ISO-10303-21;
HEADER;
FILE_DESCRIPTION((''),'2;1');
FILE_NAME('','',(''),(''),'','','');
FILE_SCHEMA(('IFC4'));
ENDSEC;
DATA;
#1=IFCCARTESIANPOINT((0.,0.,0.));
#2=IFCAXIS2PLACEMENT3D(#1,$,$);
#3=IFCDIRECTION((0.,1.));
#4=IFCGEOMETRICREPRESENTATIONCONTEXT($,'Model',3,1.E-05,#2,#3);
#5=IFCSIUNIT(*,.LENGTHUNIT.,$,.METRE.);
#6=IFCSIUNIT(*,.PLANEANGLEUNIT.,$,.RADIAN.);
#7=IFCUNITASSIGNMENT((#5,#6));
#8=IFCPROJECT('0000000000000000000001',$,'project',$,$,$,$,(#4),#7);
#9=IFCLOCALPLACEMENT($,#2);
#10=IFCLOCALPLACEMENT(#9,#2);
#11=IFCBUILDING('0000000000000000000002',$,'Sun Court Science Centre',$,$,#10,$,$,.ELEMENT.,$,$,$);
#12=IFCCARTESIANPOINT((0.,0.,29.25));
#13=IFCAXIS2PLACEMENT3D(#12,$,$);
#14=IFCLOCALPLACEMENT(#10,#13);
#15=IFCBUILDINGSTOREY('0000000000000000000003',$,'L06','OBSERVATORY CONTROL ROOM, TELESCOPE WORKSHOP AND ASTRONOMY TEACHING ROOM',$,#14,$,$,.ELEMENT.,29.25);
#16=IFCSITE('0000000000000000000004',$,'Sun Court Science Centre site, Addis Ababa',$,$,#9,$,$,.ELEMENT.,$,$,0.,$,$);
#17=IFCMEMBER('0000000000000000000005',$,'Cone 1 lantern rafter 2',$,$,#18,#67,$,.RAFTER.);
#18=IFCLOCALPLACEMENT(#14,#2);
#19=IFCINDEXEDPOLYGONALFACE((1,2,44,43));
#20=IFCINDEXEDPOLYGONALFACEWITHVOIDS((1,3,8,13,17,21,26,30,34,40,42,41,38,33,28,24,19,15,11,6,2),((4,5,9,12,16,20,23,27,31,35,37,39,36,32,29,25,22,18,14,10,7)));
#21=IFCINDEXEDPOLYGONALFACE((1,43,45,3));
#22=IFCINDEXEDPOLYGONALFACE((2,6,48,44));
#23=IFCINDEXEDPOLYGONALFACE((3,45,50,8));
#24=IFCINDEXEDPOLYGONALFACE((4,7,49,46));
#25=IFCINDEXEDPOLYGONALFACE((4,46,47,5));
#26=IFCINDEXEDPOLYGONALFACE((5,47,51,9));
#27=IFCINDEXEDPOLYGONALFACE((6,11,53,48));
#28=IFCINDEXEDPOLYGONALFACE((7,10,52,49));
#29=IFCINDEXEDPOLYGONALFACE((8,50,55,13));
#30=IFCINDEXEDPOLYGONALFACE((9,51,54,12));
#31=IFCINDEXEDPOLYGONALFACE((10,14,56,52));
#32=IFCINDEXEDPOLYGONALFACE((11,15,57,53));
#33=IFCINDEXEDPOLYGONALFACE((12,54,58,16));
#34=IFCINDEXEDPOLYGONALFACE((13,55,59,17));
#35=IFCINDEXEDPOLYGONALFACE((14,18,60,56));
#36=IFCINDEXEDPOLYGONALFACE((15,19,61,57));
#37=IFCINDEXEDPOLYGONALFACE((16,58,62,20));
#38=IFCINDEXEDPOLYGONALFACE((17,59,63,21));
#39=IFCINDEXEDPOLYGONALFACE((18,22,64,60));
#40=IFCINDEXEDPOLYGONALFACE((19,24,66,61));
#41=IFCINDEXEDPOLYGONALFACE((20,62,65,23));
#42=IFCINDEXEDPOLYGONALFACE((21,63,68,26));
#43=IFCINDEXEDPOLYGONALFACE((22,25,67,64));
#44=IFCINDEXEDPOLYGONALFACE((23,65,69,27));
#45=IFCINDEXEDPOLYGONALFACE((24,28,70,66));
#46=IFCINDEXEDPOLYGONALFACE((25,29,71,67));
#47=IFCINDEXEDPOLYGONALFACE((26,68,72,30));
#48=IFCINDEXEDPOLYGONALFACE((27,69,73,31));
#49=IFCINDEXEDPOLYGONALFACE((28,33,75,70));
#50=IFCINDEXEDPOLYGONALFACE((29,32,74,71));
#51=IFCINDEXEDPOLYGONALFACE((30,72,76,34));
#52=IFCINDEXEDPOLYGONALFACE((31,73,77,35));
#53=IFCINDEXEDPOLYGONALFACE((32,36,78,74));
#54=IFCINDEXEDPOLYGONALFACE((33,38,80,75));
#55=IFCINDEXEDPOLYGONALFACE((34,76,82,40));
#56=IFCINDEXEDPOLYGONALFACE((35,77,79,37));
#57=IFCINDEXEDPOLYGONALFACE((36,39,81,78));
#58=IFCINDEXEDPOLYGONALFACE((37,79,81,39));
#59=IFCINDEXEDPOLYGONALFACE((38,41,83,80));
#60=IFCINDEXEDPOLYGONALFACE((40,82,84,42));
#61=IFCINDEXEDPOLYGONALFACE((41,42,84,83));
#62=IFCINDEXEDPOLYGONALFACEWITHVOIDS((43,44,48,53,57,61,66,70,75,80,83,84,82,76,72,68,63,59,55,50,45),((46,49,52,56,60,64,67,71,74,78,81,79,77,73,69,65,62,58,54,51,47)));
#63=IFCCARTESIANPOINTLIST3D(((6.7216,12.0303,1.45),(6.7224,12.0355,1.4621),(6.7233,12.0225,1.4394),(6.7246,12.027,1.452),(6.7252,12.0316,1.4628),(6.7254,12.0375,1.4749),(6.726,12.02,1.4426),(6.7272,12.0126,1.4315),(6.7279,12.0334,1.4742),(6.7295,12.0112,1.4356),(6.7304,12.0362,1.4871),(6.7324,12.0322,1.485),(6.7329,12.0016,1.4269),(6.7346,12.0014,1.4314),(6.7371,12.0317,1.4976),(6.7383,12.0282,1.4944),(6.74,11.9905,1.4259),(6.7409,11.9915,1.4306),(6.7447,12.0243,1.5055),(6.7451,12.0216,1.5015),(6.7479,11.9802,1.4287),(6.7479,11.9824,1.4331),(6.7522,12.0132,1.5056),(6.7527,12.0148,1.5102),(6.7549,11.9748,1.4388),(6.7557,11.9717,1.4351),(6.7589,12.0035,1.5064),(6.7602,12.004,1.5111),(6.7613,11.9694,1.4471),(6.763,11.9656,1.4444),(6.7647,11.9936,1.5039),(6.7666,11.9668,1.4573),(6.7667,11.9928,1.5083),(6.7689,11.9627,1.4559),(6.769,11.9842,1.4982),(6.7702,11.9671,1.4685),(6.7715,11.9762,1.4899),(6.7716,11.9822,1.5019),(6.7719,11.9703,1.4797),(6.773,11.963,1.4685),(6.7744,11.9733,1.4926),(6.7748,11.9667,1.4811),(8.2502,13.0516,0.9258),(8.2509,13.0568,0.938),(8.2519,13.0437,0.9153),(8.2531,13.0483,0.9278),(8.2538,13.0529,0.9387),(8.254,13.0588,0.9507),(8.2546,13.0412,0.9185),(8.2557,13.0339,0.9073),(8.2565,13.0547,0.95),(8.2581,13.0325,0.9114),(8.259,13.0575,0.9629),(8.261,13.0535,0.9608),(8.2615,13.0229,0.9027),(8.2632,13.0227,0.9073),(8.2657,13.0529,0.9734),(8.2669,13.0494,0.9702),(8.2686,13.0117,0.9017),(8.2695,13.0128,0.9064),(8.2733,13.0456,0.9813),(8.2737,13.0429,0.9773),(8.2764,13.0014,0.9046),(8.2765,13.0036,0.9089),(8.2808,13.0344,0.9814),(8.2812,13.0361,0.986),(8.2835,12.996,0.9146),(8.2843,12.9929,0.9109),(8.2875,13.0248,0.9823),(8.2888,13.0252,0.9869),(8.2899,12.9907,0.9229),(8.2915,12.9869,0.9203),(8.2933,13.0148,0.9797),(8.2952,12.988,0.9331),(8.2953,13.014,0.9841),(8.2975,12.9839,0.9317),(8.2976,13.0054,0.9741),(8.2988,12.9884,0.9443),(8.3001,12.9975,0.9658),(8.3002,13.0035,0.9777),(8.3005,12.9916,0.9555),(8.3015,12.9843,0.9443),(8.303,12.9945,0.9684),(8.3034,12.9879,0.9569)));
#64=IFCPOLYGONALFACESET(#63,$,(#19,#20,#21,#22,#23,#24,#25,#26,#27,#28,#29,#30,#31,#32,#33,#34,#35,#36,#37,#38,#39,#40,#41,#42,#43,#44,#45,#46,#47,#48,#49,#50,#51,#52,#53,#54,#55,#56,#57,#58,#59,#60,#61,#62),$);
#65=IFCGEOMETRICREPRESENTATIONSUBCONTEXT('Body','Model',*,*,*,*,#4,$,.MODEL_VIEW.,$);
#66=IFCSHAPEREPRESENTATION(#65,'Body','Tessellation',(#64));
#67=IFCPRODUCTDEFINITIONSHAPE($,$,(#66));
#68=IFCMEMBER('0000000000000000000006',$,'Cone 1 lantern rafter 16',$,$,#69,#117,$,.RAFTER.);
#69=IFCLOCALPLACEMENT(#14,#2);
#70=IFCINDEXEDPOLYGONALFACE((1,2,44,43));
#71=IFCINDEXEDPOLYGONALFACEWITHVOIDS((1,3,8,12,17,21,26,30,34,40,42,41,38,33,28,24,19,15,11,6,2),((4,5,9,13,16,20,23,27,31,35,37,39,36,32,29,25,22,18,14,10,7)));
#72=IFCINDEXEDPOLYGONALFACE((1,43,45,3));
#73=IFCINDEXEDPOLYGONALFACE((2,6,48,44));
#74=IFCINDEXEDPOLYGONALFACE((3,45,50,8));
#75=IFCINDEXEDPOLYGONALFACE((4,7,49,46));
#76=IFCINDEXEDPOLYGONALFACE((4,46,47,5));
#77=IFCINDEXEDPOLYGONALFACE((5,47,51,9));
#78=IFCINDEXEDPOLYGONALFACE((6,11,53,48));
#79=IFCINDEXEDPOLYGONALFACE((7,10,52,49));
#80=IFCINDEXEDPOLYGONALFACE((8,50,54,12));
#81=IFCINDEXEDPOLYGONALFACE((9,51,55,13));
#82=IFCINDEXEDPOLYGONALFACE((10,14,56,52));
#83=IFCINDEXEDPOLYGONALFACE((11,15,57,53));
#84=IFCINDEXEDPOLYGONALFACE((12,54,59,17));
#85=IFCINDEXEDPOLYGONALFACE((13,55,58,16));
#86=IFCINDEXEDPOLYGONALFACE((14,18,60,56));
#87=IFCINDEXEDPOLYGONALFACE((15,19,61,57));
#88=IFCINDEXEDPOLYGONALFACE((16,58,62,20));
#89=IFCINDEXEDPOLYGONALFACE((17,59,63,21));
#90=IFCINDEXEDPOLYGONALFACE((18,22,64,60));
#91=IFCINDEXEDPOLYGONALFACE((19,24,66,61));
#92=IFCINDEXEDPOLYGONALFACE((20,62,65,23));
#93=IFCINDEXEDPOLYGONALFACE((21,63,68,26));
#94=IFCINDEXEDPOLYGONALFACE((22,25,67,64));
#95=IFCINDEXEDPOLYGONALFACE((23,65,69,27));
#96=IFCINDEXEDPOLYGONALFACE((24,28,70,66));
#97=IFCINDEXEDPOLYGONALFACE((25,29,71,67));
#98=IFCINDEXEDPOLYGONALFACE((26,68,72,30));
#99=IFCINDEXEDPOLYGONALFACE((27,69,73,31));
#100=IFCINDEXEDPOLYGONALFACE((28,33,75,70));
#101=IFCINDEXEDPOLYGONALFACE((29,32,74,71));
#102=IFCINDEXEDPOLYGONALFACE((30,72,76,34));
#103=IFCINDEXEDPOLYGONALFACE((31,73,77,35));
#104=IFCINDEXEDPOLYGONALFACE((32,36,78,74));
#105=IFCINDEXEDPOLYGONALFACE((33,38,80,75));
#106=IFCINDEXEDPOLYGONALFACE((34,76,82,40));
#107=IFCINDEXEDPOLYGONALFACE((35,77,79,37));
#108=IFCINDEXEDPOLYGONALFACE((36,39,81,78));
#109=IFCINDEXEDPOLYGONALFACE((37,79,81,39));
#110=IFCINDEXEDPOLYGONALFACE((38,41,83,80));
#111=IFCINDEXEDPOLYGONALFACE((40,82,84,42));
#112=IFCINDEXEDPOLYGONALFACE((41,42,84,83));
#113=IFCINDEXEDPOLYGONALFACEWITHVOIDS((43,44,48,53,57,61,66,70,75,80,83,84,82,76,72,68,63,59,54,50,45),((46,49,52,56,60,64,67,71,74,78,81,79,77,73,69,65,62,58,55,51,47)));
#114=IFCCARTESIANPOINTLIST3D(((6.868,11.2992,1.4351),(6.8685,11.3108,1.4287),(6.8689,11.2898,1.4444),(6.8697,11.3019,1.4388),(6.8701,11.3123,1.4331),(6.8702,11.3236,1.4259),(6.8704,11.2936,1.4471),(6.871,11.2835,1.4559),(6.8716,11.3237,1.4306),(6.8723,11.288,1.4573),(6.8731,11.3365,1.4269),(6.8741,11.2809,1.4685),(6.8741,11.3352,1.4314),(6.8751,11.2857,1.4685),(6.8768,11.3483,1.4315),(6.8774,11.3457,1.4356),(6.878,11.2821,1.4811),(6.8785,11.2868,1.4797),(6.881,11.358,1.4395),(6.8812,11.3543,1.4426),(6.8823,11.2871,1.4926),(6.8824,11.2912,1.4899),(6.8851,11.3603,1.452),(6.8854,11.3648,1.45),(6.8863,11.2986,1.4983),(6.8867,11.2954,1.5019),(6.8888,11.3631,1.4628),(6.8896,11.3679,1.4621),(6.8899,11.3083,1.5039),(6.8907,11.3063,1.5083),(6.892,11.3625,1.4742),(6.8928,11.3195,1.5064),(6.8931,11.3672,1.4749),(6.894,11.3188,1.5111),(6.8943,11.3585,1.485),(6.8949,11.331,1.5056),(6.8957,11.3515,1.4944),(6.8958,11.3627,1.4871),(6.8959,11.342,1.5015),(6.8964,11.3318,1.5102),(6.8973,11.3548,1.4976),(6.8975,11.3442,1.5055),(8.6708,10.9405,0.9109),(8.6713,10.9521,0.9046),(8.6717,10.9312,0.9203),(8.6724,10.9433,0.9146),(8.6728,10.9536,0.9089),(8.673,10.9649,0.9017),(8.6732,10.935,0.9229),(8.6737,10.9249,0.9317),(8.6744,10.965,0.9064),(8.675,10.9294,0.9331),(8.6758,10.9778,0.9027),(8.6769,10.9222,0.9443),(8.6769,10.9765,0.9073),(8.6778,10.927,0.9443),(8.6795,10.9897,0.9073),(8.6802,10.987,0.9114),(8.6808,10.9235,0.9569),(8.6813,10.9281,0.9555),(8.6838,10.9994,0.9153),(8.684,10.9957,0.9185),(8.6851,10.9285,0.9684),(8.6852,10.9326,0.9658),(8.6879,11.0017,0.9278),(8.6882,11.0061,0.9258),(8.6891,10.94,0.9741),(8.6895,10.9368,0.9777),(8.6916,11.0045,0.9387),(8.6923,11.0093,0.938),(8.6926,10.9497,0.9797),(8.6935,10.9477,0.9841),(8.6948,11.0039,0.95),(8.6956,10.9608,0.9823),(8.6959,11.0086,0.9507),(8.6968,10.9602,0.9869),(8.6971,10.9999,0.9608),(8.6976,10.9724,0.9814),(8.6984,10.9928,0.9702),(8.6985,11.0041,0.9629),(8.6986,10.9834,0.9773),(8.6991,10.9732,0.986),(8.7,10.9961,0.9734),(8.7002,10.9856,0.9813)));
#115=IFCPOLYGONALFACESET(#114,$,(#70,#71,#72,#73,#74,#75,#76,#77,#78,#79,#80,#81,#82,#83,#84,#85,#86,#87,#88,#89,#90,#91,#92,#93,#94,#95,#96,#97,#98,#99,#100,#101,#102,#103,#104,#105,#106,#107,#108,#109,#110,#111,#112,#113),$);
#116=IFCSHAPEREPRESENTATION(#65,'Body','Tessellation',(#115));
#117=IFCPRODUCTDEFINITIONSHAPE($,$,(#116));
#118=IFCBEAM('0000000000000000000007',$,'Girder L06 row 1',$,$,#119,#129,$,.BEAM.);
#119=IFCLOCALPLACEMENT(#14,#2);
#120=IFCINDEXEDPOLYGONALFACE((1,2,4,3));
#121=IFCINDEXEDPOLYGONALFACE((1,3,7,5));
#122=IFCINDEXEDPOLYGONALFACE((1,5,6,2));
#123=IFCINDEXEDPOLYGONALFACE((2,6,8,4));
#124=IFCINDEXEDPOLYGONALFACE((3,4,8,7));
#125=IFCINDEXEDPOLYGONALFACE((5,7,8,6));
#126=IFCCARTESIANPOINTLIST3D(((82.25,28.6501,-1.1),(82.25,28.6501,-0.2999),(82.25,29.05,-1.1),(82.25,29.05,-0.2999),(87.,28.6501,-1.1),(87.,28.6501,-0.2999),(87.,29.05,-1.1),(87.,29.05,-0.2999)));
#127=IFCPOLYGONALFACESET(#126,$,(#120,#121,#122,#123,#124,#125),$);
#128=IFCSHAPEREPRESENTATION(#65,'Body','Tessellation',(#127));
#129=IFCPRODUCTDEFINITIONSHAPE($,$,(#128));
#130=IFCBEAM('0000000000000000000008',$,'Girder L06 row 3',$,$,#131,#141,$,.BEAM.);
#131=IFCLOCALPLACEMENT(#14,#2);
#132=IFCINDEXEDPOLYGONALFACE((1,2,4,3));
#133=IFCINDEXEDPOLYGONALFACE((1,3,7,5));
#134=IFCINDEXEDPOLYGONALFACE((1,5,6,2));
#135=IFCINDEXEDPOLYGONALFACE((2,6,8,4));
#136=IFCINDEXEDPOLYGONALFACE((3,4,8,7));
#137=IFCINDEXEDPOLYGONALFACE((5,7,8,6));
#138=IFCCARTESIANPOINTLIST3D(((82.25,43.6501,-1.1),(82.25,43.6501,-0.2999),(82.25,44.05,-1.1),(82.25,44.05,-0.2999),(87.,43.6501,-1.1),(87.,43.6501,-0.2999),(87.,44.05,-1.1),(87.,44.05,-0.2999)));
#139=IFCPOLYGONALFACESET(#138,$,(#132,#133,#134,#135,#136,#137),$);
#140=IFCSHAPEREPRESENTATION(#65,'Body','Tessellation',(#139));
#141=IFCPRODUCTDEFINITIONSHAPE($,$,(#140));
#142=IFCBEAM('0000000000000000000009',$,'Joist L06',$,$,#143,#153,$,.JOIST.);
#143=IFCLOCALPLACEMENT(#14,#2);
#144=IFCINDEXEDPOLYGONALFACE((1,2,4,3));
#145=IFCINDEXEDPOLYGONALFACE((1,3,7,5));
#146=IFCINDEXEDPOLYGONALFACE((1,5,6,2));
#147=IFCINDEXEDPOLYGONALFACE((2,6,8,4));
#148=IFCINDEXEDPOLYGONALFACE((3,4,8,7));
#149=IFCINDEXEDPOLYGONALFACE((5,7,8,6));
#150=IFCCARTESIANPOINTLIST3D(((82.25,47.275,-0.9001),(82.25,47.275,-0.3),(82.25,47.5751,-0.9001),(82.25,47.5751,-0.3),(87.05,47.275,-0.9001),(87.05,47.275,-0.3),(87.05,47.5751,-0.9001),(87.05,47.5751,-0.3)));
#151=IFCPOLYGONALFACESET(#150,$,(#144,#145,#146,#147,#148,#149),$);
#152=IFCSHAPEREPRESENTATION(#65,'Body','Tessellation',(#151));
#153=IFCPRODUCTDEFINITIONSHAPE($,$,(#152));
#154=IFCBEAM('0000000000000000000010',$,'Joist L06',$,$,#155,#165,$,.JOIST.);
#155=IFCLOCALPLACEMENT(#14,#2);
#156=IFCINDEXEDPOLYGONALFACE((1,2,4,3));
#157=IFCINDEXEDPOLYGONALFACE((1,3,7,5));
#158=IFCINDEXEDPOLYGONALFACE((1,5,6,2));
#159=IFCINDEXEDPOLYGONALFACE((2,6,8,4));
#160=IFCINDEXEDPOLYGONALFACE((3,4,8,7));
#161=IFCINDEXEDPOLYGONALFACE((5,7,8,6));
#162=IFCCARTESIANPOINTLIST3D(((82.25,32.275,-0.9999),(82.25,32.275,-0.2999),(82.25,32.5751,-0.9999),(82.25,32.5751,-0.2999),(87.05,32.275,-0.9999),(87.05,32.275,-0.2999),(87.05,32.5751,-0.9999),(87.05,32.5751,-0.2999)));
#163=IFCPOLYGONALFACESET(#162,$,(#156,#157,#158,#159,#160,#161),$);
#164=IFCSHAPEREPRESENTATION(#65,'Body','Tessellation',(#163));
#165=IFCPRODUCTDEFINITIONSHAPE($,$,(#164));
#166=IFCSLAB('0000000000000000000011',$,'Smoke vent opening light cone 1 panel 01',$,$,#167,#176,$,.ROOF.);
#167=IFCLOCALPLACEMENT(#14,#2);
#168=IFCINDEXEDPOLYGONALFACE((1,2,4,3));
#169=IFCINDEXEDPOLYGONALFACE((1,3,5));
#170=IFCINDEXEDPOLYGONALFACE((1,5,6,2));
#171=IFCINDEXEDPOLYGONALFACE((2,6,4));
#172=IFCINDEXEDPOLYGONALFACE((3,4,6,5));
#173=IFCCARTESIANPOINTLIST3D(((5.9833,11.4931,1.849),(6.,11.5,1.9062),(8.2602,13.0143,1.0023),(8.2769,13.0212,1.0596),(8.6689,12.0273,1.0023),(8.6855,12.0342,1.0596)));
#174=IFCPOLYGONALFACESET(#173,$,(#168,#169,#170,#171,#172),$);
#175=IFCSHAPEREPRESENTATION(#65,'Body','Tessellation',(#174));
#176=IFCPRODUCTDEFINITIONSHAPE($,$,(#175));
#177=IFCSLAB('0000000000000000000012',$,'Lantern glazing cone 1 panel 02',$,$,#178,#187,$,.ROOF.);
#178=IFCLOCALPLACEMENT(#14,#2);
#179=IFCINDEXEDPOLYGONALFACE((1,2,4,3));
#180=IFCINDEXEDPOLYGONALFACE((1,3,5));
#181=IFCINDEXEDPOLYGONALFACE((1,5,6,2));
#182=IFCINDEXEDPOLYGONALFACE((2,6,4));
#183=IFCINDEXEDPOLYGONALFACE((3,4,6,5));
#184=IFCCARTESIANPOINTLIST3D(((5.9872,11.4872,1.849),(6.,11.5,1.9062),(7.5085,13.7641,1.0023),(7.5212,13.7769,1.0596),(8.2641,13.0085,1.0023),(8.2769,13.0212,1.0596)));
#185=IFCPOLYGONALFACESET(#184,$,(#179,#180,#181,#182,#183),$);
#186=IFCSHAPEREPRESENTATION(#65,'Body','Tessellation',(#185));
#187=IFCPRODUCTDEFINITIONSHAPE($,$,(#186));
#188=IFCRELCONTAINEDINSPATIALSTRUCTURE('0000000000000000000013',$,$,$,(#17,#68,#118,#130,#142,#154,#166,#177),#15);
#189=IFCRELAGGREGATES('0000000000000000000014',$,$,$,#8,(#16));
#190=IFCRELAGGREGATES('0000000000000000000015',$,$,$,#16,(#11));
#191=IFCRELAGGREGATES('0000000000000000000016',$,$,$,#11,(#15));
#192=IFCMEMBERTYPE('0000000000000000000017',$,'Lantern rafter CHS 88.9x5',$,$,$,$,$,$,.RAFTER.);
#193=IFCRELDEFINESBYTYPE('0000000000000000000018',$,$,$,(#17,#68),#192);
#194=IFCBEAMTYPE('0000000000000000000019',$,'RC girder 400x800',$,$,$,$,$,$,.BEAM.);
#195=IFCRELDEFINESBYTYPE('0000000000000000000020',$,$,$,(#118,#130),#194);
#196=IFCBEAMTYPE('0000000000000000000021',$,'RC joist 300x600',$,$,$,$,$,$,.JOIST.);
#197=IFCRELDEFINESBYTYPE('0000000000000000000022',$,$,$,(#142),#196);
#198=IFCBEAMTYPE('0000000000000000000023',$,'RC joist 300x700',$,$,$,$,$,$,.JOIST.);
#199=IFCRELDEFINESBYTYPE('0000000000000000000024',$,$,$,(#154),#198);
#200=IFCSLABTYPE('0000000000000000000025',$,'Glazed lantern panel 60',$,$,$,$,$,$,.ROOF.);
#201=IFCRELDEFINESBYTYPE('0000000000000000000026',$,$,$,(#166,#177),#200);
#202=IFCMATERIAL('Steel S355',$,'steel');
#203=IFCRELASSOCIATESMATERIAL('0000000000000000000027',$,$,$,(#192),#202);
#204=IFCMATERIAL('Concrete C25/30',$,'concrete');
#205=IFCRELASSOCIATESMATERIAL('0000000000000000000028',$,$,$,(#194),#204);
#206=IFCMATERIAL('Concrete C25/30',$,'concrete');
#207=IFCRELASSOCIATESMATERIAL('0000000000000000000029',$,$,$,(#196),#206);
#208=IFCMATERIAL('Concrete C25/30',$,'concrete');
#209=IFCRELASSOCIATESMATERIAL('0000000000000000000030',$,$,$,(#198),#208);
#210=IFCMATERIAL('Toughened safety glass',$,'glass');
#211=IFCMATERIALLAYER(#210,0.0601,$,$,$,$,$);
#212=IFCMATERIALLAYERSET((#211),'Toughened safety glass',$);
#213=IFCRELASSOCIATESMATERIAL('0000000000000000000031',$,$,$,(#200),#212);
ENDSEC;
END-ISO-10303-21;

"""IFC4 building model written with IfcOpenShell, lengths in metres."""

from ifc_helpers import new_model, si_unit, direction, frame, origin, origin_2d, place, context, subcontext, project, spatial, polyline, rectangle, hollow_circle, outline, extrude, material, layer, layer_set, material_profile, profile_set, type_object, element, save


model = new_model("IFC4")

# Units and contexts
model_context = context("Model", 3, precision=1e-05, world=origin(), true_north=direction((0.0, 1.0)))
body_context = subcontext(model_context, "Body", "Model", "MODEL_VIEW")
ifc_project = project(units=[si_unit("LENGTHUNIT", "METRE"), si_unit("PLANEANGLEUNIT", "RADIAN")], contexts=[model_context])

# Site, building, storey
site_placement = place(None, origin())
site = spatial("IfcSite", under=ifc_project, at=site_placement, Name="Sun Court Science Centre site, Addis Ababa", CompositionType="ELEMENT", RefElevation=0.0)
building_placement = place(site_placement, origin())
building = spatial("IfcBuilding", under=site, at=building_placement, Name="Sun Court Science Centre", CompositionType="ELEMENT")
storey_placement = place(building_placement, frame((0.0, 0.0, 29.25)))
storey = spatial("IfcBuildingStorey", under=building, at=storey_placement, Name="L06", Description="OBSERVATORY CONTROL ROOM, TELESCOPE WORKSHOP AND ASTRONOMY TEACHING ROOM", CompositionType="ELEMENT", Elevation=29.25)

# Members
ifc_material_1 = material(Name="Steel S355", Category="steel")
ifc_material_profile_1 = material_profile(ifc_material_1, hollow_circle(Radius=0.0444, WallThickness=0.0049, at=origin_2d()), Name="CHS 88.9x5")
ifc_profile_set_1 = profile_set([ifc_material_profile_1], Name="Steel S355")
member_type_1 = type_object("IfcMemberType", Name="Lantern rafter CHS 88.9x5", PredefinedType="RAFTER", material=ifc_profile_set_1)
member_1_placement = place(storey_placement, frame((8.2769, 13.0212, 0.9443), z_axis=(-0.799628, -0.534235, 0.274206), x_axis=(0.555527, -0.831498, 0.0)))
element("IfcMember", 1, at=member_1_placement, inside=storey, type_object=member_type_1, Name="Cone 1 lantern rafter 2", PredefinedType="RAFTER", context=body_context, shape_type="SweptSolid", body=[
    extrude(hollow_circle(Radius=0.0444, WallThickness=0.0049, at=origin_2d()), origin(), (0.0, 0.0, 1.0), 1.9116),
])
member_2_placement = place(storey_placement, frame((8.6855, 10.9658, 0.9443), z_axis=(-0.943177, 0.187639, 0.274242), x_axis=(-0.19512, -0.980779, 0.0)))
element("IfcMember", 2, at=member_2_placement, inside=storey, type_object=member_type_1, Name="Cone 1 lantern rafter 16", PredefinedType="RAFTER", context=body_context, shape_type="SweptSolid", body=[
    extrude(hollow_circle(Radius=0.0444, WallThickness=0.0049, at=origin_2d()), origin(), (0.0, 0.0, 1.0), 1.9114),
])

# Beams
ifc_material_2 = material(Name="Concrete C25/30", Category="concrete")
ifc_material_profile_2 = material_profile(ifc_material_2, rectangle(XDim=0.3999, YDim=0.8, at=origin_2d()), Name="RC 400x800")
ifc_profile_set_2 = profile_set([ifc_material_profile_2], Name="Concrete C25/30")
beam_type_1 = type_object("IfcBeamType", Name="RC girder 400x800", PredefinedType="BEAM", material=ifc_profile_set_2)
for number, where, z_axis, x_axis, name in (
    (3, (82.25, 28.8501, -0.7), (1.0, 0.0, 0.0), (0.0, 1.0, 0.0), "Girder L06 row 1"),
    (4, (82.25, 43.8501, -0.7), (1.0, 0.0, 0.0), (0.0, 1.0, 0.0), "Girder L06 row 3"),
):
    element("IfcBeam", number, at=place(storey_placement, frame(where, z_axis=z_axis, x_axis=x_axis)), inside=storey, type_object=beam_type_1, Name=name, PredefinedType="BEAM", context=body_context, shape_type="SweptSolid", body=[
        extrude(rectangle(XDim=0.3999, YDim=0.8, at=origin_2d()), origin(), (0.0, 0.0, 1.0), 4.75),
    ])
ifc_material_3 = material(Name="Concrete C25/30", Category="concrete")
ifc_material_profile_3 = material_profile(ifc_material_3, rectangle(XDim=0.3, YDim=0.6001, at=origin_2d()), Name="RC 300x600")
ifc_profile_set_3 = profile_set([ifc_material_profile_3], Name="Concrete C25/30")
beam_type_2 = type_object("IfcBeamType", Name="RC joist 300x600", PredefinedType="JOIST", material=ifc_profile_set_3)
beam_1_placement = place(storey_placement, frame((82.25, 47.425, -0.6001), z_axis=(1.0, 0.0, 0.0), x_axis=(0.0, 1.0, 0.0)))
element("IfcBeam", 5, at=beam_1_placement, inside=storey, type_object=beam_type_2, Name="Joist L06", PredefinedType="JOIST", context=body_context, shape_type="SweptSolid", body=[
    extrude(rectangle(XDim=0.3, YDim=0.6001, at=origin_2d()), origin(), (0.0, 0.0, 1.0), 4.8),
])
ifc_material_4 = material(Name="Concrete C25/30", Category="concrete")
ifc_material_profile_4 = material_profile(ifc_material_4, rectangle(XDim=0.3, YDim=0.7, at=origin_2d()), Name="RC 300x700")
ifc_profile_set_4 = profile_set([ifc_material_profile_4], Name="Concrete C25/30")
beam_type_3 = type_object("IfcBeamType", Name="RC joist 300x700", PredefinedType="JOIST", material=ifc_profile_set_4)
beam_2_placement = place(storey_placement, frame((82.25, 32.425, -0.6499), z_axis=(1.0, 0.0, 0.0), x_axis=(0.0, 1.0, 0.0)))
element("IfcBeam", 6, at=beam_2_placement, inside=storey, type_object=beam_type_3, Name="Joist L06", PredefinedType="JOIST", context=body_context, shape_type="SweptSolid", body=[
    extrude(rectangle(XDim=0.3, YDim=0.7, at=origin_2d()), origin(), (0.0, 0.0, 1.0), 4.8),
])

# Slabs
ifc_material_5 = material(Name="Toughened safety glass", Category="glass")
ifc_layer_1 = layer(ifc_material_5, 0.0601)
ifc_layer_set_1 = layer_set([ifc_layer_1], Name="Toughened safety glass")
slab_type = type_object("IfcSlabType", Name="Glazed lantern panel 60", PredefinedType="ROOF", material=ifc_layer_set_1)
slab_1_placement = place(storey_placement, frame((8.6855, 12.0342, 1.0596), z_axis=(0.277804, 0.115025, 0.953726), x_axis=(-0.382554, 0.923933, 0.0)))
element("IfcSlab", 7, at=slab_1_placement, inside=storey, type_object=slab_type, Name="Smoke vent opening light cone 1 panel 01", PredefinedType="ROOF", context=body_context, shape_type="SweptSolid", body=[
    extrude(outline(polyline([(0.0, 0.0), (1.0683, 0.0), (0.5338, 2.8159), (0.0, 0.0)])), origin(), (0.0, 0.0, -1.0), 0.0601),
])
slab_2_placement = place(storey_placement, frame((8.2769, 13.0212, 1.0596), z_axis=(0.212607, 0.212607, 0.953728), x_axis=(-0.707107, 0.707107, 0.0)))
element("IfcSlab", 8, at=slab_2_placement, inside=storey, type_object=slab_type, Name="Lantern glazing cone 1 panel 02", PredefinedType="ROOF", context=body_context, shape_type="SweptSolid", body=[
    extrude(outline(polyline([(0.0, 0.0), (1.0686, 0.0), (0.5343, 2.816), (0.0, 0.0)])), origin(), (0.0, 0.0, -1.0), 0.0601),
])

save(model, "model.ifc")
